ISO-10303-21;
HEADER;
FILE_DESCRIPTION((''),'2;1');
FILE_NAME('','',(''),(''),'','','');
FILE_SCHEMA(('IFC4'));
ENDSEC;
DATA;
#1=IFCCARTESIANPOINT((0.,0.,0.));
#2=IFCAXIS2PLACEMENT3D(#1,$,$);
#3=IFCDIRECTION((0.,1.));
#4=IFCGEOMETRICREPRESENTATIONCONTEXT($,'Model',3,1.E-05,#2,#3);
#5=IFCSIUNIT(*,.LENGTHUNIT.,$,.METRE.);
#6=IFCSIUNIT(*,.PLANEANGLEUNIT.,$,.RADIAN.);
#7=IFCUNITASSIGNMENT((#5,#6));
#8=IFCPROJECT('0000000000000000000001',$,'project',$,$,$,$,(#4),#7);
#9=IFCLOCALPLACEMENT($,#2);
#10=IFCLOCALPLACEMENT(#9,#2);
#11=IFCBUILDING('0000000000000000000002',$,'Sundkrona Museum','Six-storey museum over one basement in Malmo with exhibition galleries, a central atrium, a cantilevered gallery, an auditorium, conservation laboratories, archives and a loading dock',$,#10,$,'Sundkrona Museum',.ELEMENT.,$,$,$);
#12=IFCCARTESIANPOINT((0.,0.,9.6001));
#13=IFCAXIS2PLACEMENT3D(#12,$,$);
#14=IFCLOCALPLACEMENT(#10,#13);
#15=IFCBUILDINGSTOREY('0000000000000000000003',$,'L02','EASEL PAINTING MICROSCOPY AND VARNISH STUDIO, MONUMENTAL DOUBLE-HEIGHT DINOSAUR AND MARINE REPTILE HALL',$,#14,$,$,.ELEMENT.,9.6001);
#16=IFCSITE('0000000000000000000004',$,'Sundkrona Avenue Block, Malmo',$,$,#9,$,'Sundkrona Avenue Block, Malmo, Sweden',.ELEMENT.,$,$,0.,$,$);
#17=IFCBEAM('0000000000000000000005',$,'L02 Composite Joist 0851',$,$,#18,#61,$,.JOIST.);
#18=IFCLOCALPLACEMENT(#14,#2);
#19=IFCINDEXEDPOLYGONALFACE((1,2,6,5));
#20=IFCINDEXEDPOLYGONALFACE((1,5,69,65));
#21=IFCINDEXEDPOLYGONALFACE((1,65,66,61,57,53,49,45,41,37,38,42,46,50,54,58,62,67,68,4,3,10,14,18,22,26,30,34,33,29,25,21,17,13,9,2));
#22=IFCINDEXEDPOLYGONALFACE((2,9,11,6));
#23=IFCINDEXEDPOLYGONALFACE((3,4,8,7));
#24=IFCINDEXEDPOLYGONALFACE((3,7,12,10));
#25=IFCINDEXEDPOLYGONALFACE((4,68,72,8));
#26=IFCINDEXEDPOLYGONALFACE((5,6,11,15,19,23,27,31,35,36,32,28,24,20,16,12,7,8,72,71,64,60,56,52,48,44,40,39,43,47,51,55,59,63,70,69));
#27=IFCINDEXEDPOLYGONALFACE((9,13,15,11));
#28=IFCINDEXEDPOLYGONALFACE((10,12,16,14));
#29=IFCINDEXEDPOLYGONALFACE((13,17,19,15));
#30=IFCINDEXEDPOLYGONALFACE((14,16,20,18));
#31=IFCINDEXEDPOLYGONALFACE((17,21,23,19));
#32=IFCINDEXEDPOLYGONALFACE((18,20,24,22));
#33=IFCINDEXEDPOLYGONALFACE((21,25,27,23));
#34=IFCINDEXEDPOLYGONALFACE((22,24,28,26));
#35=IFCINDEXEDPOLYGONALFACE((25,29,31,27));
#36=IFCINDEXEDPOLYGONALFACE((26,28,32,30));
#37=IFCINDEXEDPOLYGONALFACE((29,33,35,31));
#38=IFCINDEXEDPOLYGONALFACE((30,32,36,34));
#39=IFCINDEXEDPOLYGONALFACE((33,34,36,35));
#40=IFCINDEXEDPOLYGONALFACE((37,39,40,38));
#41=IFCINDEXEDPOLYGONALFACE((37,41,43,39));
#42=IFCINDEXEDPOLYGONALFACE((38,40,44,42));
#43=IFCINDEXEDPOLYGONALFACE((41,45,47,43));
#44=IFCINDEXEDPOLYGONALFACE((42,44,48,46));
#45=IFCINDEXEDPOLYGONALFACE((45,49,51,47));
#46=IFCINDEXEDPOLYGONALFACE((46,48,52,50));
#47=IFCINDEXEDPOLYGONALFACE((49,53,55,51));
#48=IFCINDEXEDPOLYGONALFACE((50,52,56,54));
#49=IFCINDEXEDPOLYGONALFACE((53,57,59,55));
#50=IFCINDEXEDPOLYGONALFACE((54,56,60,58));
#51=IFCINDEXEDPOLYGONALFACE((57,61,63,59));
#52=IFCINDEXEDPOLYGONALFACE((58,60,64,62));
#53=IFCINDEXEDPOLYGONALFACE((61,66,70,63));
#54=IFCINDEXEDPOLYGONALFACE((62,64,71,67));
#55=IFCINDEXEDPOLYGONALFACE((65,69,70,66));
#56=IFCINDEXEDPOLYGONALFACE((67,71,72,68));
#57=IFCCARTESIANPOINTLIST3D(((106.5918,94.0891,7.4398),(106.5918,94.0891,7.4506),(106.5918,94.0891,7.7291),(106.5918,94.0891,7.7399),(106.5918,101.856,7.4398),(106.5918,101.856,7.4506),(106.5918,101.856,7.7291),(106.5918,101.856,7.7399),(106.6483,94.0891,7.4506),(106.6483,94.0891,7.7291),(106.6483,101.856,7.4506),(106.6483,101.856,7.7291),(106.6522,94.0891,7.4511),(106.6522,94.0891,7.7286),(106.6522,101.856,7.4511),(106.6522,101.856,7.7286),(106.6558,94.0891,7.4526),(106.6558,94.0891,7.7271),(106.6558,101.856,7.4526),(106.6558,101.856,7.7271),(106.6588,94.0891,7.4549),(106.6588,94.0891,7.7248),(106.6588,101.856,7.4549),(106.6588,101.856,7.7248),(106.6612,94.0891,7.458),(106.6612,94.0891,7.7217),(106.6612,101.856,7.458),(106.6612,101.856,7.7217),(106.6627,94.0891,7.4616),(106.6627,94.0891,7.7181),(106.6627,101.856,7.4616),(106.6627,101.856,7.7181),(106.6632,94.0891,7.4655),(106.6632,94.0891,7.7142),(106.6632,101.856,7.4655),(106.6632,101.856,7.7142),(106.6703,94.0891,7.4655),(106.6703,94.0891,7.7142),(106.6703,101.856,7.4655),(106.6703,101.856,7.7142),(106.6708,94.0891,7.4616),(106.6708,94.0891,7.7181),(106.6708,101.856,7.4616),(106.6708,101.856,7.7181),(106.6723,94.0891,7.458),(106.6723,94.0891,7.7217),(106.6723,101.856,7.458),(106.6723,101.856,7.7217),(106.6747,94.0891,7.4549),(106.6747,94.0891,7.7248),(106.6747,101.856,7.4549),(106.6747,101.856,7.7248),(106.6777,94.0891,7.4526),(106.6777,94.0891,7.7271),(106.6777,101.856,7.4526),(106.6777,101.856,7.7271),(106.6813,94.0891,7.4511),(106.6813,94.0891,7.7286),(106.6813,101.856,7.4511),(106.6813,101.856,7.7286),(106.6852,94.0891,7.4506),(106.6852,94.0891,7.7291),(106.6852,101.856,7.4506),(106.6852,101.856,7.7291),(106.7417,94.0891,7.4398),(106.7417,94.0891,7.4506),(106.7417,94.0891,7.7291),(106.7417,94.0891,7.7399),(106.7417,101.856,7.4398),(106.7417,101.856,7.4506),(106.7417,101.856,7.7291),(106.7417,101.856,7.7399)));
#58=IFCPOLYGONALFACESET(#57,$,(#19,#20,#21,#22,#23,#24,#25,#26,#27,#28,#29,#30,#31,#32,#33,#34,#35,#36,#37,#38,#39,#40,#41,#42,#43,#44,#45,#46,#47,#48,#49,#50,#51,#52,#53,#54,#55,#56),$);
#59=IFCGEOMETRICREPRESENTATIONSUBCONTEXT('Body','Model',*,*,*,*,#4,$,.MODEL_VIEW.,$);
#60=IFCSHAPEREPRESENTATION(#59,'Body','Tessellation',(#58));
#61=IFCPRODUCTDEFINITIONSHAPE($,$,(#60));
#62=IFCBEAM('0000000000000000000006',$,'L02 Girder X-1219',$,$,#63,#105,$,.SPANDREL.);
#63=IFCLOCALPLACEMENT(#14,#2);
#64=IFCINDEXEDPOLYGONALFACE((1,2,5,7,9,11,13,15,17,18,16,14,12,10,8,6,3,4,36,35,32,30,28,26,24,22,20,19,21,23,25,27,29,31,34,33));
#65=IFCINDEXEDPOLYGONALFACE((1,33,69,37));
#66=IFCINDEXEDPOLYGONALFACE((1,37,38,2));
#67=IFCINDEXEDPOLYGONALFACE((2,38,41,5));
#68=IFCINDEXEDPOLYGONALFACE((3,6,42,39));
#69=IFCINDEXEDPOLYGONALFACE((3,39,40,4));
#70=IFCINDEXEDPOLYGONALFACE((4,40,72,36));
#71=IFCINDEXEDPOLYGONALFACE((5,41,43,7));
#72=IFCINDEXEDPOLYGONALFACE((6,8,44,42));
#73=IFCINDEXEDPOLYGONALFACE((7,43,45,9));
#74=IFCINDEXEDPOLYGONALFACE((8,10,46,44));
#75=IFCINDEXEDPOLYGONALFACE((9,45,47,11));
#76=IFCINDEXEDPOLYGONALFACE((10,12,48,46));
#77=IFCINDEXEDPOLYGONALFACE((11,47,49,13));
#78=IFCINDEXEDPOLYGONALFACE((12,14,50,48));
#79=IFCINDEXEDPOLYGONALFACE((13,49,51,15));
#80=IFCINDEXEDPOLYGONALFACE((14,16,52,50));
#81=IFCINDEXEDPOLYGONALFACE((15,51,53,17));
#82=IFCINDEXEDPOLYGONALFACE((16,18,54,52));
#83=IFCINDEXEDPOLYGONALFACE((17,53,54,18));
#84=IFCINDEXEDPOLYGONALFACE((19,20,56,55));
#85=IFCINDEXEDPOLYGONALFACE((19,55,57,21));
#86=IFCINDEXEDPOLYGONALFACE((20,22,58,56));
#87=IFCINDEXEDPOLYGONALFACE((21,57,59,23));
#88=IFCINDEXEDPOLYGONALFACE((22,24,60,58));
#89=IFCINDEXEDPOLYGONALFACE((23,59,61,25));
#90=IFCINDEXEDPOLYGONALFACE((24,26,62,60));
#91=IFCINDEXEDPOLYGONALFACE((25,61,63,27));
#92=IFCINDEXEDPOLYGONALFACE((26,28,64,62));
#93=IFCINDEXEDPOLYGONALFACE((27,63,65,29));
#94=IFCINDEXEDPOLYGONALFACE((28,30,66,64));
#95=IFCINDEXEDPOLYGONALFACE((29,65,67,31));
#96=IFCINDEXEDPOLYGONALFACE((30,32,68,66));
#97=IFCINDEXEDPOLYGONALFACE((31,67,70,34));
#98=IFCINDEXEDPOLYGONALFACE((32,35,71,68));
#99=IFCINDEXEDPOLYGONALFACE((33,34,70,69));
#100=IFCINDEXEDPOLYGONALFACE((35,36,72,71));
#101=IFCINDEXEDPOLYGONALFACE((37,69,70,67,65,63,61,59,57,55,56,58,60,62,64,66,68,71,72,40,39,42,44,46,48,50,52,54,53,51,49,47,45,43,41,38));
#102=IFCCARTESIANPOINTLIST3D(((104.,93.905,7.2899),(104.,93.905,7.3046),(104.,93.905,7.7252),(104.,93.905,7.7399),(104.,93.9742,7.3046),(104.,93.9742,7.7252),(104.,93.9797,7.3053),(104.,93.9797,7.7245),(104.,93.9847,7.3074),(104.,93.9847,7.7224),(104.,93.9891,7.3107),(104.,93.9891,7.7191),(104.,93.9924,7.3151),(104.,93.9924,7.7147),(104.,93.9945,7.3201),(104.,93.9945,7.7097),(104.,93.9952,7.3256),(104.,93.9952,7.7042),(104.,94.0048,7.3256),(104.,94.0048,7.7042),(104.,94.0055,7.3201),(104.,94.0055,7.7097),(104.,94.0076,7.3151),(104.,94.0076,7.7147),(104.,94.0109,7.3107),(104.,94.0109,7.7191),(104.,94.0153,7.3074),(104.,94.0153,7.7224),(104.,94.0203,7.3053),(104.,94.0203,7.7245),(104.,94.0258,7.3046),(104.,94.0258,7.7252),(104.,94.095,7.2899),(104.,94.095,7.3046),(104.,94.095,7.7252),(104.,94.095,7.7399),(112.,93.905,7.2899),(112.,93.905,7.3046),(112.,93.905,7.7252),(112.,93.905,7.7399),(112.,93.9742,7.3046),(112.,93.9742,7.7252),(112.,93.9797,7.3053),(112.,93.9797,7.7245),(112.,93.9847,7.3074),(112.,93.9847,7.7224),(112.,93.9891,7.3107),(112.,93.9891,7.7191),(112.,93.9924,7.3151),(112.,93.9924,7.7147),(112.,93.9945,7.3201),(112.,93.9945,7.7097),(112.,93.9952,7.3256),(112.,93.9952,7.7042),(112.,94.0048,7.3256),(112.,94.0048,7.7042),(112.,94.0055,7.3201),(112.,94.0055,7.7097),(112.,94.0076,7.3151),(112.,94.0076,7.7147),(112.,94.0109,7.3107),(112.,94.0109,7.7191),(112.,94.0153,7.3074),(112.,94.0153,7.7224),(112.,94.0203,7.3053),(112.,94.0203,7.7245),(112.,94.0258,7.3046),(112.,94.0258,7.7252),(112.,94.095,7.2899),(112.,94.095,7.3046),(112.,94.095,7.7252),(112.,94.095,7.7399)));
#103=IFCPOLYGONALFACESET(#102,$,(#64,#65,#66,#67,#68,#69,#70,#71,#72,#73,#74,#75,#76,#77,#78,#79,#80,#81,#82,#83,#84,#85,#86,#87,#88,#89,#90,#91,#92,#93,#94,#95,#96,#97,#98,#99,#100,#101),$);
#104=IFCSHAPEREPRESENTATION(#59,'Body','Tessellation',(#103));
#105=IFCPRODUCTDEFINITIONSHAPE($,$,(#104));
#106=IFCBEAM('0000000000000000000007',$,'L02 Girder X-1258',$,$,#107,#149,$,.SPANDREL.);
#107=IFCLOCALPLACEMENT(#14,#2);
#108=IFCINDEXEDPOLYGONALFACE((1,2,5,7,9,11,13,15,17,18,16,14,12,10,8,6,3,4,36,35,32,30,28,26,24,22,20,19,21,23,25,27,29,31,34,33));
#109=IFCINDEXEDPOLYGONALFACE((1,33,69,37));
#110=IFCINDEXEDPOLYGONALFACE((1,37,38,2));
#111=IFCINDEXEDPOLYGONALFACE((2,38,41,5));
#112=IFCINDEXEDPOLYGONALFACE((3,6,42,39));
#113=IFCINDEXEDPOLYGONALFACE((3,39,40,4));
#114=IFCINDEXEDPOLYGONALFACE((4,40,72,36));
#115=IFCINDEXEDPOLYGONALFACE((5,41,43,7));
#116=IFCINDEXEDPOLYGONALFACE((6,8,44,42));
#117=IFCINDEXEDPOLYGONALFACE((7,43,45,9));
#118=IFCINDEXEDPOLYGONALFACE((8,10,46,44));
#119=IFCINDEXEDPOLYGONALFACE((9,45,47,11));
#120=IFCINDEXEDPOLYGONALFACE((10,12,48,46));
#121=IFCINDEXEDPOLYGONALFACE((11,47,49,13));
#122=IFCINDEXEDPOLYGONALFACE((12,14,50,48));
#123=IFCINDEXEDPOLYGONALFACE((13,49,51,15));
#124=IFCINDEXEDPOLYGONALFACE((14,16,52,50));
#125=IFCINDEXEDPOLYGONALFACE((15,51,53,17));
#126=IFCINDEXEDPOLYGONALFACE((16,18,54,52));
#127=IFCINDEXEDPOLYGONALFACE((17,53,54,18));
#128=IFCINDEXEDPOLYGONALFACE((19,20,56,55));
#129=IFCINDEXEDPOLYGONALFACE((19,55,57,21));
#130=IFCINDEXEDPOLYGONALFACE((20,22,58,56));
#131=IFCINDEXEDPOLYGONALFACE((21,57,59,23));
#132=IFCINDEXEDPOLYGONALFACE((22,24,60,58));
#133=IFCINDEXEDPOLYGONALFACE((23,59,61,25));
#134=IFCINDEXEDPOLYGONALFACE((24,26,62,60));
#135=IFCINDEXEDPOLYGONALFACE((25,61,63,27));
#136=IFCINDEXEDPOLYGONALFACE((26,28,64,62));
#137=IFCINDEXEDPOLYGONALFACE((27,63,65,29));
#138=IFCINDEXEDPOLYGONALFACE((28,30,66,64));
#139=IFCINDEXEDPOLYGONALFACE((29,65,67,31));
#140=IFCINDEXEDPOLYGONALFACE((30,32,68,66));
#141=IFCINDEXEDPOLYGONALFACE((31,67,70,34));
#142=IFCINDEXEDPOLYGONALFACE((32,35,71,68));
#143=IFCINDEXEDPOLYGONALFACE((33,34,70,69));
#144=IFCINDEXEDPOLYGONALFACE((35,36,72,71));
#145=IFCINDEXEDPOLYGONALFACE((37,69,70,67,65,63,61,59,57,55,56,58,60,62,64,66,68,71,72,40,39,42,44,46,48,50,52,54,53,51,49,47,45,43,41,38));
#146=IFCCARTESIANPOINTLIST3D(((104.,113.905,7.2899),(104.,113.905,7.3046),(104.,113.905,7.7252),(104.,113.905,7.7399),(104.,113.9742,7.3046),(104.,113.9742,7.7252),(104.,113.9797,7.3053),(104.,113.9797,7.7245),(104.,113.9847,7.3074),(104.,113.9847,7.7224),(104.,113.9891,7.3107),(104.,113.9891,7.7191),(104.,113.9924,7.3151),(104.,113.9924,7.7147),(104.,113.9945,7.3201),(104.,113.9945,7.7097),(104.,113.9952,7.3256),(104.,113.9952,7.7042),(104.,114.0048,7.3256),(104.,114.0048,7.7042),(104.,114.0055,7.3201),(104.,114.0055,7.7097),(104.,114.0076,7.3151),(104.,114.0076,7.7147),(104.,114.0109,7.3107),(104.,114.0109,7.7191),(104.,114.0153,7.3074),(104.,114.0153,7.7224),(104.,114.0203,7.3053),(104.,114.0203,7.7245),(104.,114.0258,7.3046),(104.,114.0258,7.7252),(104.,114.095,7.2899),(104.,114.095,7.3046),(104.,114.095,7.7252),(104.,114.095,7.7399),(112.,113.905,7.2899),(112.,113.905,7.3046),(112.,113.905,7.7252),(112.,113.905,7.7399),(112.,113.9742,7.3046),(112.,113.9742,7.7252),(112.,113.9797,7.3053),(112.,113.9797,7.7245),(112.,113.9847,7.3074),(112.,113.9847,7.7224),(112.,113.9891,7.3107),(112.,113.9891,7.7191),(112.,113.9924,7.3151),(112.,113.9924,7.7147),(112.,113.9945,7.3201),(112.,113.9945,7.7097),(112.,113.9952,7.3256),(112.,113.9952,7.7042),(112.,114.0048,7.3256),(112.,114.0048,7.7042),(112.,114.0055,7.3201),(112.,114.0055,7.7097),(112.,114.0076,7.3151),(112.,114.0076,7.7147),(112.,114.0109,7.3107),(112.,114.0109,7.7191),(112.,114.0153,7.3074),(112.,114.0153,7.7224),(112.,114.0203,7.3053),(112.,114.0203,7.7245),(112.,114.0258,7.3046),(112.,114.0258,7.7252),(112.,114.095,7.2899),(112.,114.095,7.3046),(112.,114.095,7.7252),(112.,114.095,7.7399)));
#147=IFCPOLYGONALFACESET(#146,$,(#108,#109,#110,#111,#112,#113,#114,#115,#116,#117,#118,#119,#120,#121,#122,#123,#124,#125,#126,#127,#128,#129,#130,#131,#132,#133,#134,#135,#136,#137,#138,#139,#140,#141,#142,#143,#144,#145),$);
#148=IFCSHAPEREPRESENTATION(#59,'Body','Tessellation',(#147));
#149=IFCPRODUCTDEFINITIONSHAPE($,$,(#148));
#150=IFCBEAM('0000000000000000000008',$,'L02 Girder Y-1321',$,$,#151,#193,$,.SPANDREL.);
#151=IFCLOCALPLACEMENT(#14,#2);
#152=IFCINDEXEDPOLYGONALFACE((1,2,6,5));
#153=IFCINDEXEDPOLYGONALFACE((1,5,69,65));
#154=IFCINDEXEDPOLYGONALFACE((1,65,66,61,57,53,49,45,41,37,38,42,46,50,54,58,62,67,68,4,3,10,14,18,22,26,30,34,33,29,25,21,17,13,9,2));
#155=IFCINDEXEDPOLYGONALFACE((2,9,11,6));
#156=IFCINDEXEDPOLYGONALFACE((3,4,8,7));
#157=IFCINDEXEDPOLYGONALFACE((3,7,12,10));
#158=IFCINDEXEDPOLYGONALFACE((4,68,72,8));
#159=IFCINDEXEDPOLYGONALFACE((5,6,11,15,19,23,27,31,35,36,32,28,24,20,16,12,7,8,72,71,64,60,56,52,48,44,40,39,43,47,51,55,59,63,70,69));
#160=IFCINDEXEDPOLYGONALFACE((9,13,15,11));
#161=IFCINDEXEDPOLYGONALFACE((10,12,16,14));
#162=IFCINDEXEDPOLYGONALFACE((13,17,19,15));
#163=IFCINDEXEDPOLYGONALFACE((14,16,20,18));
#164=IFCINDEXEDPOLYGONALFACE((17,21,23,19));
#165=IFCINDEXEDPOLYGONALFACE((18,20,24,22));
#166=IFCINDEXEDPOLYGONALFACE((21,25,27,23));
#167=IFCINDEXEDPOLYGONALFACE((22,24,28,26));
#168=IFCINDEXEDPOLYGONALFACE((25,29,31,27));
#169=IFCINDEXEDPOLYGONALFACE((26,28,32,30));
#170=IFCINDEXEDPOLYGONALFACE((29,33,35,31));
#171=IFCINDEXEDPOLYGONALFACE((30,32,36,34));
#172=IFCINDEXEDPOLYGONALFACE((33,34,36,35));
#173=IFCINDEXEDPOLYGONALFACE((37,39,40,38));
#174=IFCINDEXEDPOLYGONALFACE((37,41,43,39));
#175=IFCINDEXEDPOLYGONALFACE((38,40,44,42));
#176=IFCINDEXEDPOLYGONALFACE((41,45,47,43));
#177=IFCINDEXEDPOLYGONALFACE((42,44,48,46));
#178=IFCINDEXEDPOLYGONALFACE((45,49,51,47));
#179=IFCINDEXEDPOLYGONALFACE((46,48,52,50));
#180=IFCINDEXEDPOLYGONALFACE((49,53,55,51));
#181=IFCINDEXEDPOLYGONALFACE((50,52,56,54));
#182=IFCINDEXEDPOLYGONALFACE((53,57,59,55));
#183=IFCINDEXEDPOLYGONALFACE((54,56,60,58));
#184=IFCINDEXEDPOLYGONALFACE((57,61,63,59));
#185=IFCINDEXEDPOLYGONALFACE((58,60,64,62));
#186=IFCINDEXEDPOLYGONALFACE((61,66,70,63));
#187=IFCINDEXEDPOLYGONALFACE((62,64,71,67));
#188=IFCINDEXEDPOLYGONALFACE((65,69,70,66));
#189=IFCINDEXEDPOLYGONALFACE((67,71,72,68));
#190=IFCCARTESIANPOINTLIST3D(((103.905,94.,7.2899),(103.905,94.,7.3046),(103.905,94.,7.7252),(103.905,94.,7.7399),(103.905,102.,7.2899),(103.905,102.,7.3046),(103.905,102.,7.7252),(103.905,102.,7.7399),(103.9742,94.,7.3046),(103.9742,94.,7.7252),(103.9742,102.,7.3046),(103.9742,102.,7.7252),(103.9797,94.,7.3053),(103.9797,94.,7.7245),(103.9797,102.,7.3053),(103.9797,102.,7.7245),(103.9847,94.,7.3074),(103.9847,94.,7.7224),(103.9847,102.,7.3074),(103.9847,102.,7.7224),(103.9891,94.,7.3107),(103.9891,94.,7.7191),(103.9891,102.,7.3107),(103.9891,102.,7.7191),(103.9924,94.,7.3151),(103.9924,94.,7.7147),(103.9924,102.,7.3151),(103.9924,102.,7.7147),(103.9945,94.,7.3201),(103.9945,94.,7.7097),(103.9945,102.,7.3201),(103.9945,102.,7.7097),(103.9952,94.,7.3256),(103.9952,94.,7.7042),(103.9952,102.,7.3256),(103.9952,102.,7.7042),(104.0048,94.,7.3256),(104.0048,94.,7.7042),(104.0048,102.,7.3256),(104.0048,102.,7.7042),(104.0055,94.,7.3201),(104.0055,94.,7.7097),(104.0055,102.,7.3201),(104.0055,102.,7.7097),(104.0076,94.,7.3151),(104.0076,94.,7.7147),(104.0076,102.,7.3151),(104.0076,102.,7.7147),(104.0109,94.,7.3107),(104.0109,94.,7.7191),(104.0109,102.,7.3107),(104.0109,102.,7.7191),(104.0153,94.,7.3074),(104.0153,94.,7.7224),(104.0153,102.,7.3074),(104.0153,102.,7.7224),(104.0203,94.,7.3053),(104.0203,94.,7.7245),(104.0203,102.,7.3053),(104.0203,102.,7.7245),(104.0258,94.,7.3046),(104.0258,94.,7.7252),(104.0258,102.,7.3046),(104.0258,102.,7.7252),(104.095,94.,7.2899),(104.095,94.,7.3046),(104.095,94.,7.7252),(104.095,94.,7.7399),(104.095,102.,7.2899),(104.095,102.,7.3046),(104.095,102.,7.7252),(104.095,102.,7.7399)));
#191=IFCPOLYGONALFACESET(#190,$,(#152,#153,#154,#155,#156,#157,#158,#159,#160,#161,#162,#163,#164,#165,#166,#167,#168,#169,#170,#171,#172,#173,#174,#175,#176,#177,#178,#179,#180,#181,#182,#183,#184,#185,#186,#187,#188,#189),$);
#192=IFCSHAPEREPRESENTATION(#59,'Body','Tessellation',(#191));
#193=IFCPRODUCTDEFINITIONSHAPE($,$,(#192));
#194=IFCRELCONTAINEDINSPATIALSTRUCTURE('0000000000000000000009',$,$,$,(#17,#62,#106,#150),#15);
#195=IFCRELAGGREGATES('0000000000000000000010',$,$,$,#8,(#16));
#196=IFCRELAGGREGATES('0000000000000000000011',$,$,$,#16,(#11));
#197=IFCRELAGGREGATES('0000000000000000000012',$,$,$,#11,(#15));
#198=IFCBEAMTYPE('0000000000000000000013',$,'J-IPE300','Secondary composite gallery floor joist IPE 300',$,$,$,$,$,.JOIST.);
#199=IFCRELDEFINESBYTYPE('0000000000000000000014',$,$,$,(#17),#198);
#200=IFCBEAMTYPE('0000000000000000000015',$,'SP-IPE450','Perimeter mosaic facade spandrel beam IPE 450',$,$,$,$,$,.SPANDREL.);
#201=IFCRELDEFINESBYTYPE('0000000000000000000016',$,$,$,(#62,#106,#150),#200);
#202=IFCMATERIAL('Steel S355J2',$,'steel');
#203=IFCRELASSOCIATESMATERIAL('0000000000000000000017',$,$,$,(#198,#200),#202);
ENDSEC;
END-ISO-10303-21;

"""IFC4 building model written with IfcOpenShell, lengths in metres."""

from ifc_helpers import new_model, si_unit, direction, frame, origin, origin_2d, place, context, subcontext, project, spatial, i_section, extrude, material, material_profile, profile_set, type_object, element, save


model = new_model("IFC4")

# Units and contexts
model_context = context("Model", 3, precision=1e-05, world=origin(), true_north=direction((0.0, 1.0)))
body_context = subcontext(model_context, "Body", "Model", "MODEL_VIEW")
ifc_project = project(units=[si_unit("LENGTHUNIT", "METRE"), si_unit("PLANEANGLEUNIT", "RADIAN")], contexts=[model_context])

# Site, building, storey
site_placement = place(None, origin())
site = spatial("IfcSite", under=ifc_project, at=site_placement, Name="Sundkrona Avenue Block, Malmo", LongName="Sundkrona Avenue Block, Malmo, Sweden", CompositionType="ELEMENT", RefElevation=0.0)
building_placement = place(site_placement, origin())
building = spatial("IfcBuilding", under=site, at=building_placement, Name="Sundkrona Museum", Description="Six-storey museum over one basement in Malmo with exhibition galleries, a central atrium, a cantilevered gallery, an auditorium, conservation laboratories, archives and a loading dock", LongName="Sundkrona Museum", CompositionType="ELEMENT")
storey_placement = place(building_placement, frame((0.0, 0.0, 9.6001)))
storey = spatial("IfcBuildingStorey", under=building, at=storey_placement, Name="L02", Description="EASEL PAINTING MICROSCOPY AND VARNISH STUDIO, MONUMENTAL DOUBLE-HEIGHT DINOSAUR AND MARINE REPTILE HALL", CompositionType="ELEMENT", Elevation=9.6001)

# Shared definitions
ifc_material_1 = material(Name="Steel S355J2", Category="steel")

# Beams
ifc_material_profile_1 = material_profile(ifc_material_1, i_section(OverallWidth=0.1499, OverallDepth=0.3, WebThickness=0.0071, FlangeThickness=0.0107, FilletRadius=0.0149, at=origin_2d()), Name="IPE 300")
ifc_profile_set_1 = profile_set([ifc_material_profile_1], Name="Steel S355J2")
beam_type_1 = type_object("IfcBeamType", Name="J-IPE300", Description="Secondary composite gallery floor joist IPE 300", PredefinedType="JOIST", material=ifc_profile_set_1)
beam_placement = place(storey_placement, frame((106.6667, 94.0891, 7.5898), z_axis=(0.0, 1.0, 0.0), x_axis=(-1.0, 0.0, 0.0)))
element("IfcBeam", 1, at=beam_placement, inside=storey, type_object=beam_type_1, Name="L02 Composite Joist 0851", PredefinedType="JOIST", context=body_context, shape_type="SweptSolid", body=[
    extrude(i_section(OverallWidth=0.1499, OverallDepth=0.3, WebThickness=0.0071, FlangeThickness=0.0107, FilletRadius=0.0149, at=origin_2d()), origin(), (0.0, 0.0, 1.0), 7.7668),
])
ifc_material_profile_2 = material_profile(ifc_material_1, i_section(OverallWidth=0.1899, OverallDepth=0.45, WebThickness=0.0095, FlangeThickness=0.0146, FilletRadius=0.021, at=origin_2d()), Name="IPE 450")
ifc_profile_set_2 = profile_set([ifc_material_profile_2], Name="Steel S355J2")
beam_type_2 = type_object("IfcBeamType", Name="SP-IPE450", Description="Perimeter mosaic facade spandrel beam IPE 450", PredefinedType="SPANDREL", material=ifc_profile_set_2)
for number, where, z_axis, x_axis, name in (
    (2, (104.0, 94.0, 7.5149), (1.0, 0.0, 0.0), (0.0, 1.0, 0.0), "L02 Girder X-1219"),
    (3, (104.0, 114.0, 7.5149), (1.0, 0.0, 0.0), (0.0, 1.0, 0.0), "L02 Girder X-1258"),
    (4, (104.0, 94.0, 7.5149), (0.0, 1.0, 0.0), (-1.0, 0.0, 0.0), "L02 Girder Y-1321"),
):
    element("IfcBeam", number, at=place(storey_placement, frame(where, z_axis=z_axis, x_axis=x_axis)), inside=storey, type_object=beam_type_2, Name=name, PredefinedType="SPANDREL", context=body_context, shape_type="SweptSolid", body=[
        extrude(i_section(OverallWidth=0.1899, OverallDepth=0.45, WebThickness=0.0095, FlangeThickness=0.0146, FilletRadius=0.021, at=origin_2d()), origin(), (0.0, 0.0, 1.0), 8.0),
    ])

save(model, "model.ifc")
